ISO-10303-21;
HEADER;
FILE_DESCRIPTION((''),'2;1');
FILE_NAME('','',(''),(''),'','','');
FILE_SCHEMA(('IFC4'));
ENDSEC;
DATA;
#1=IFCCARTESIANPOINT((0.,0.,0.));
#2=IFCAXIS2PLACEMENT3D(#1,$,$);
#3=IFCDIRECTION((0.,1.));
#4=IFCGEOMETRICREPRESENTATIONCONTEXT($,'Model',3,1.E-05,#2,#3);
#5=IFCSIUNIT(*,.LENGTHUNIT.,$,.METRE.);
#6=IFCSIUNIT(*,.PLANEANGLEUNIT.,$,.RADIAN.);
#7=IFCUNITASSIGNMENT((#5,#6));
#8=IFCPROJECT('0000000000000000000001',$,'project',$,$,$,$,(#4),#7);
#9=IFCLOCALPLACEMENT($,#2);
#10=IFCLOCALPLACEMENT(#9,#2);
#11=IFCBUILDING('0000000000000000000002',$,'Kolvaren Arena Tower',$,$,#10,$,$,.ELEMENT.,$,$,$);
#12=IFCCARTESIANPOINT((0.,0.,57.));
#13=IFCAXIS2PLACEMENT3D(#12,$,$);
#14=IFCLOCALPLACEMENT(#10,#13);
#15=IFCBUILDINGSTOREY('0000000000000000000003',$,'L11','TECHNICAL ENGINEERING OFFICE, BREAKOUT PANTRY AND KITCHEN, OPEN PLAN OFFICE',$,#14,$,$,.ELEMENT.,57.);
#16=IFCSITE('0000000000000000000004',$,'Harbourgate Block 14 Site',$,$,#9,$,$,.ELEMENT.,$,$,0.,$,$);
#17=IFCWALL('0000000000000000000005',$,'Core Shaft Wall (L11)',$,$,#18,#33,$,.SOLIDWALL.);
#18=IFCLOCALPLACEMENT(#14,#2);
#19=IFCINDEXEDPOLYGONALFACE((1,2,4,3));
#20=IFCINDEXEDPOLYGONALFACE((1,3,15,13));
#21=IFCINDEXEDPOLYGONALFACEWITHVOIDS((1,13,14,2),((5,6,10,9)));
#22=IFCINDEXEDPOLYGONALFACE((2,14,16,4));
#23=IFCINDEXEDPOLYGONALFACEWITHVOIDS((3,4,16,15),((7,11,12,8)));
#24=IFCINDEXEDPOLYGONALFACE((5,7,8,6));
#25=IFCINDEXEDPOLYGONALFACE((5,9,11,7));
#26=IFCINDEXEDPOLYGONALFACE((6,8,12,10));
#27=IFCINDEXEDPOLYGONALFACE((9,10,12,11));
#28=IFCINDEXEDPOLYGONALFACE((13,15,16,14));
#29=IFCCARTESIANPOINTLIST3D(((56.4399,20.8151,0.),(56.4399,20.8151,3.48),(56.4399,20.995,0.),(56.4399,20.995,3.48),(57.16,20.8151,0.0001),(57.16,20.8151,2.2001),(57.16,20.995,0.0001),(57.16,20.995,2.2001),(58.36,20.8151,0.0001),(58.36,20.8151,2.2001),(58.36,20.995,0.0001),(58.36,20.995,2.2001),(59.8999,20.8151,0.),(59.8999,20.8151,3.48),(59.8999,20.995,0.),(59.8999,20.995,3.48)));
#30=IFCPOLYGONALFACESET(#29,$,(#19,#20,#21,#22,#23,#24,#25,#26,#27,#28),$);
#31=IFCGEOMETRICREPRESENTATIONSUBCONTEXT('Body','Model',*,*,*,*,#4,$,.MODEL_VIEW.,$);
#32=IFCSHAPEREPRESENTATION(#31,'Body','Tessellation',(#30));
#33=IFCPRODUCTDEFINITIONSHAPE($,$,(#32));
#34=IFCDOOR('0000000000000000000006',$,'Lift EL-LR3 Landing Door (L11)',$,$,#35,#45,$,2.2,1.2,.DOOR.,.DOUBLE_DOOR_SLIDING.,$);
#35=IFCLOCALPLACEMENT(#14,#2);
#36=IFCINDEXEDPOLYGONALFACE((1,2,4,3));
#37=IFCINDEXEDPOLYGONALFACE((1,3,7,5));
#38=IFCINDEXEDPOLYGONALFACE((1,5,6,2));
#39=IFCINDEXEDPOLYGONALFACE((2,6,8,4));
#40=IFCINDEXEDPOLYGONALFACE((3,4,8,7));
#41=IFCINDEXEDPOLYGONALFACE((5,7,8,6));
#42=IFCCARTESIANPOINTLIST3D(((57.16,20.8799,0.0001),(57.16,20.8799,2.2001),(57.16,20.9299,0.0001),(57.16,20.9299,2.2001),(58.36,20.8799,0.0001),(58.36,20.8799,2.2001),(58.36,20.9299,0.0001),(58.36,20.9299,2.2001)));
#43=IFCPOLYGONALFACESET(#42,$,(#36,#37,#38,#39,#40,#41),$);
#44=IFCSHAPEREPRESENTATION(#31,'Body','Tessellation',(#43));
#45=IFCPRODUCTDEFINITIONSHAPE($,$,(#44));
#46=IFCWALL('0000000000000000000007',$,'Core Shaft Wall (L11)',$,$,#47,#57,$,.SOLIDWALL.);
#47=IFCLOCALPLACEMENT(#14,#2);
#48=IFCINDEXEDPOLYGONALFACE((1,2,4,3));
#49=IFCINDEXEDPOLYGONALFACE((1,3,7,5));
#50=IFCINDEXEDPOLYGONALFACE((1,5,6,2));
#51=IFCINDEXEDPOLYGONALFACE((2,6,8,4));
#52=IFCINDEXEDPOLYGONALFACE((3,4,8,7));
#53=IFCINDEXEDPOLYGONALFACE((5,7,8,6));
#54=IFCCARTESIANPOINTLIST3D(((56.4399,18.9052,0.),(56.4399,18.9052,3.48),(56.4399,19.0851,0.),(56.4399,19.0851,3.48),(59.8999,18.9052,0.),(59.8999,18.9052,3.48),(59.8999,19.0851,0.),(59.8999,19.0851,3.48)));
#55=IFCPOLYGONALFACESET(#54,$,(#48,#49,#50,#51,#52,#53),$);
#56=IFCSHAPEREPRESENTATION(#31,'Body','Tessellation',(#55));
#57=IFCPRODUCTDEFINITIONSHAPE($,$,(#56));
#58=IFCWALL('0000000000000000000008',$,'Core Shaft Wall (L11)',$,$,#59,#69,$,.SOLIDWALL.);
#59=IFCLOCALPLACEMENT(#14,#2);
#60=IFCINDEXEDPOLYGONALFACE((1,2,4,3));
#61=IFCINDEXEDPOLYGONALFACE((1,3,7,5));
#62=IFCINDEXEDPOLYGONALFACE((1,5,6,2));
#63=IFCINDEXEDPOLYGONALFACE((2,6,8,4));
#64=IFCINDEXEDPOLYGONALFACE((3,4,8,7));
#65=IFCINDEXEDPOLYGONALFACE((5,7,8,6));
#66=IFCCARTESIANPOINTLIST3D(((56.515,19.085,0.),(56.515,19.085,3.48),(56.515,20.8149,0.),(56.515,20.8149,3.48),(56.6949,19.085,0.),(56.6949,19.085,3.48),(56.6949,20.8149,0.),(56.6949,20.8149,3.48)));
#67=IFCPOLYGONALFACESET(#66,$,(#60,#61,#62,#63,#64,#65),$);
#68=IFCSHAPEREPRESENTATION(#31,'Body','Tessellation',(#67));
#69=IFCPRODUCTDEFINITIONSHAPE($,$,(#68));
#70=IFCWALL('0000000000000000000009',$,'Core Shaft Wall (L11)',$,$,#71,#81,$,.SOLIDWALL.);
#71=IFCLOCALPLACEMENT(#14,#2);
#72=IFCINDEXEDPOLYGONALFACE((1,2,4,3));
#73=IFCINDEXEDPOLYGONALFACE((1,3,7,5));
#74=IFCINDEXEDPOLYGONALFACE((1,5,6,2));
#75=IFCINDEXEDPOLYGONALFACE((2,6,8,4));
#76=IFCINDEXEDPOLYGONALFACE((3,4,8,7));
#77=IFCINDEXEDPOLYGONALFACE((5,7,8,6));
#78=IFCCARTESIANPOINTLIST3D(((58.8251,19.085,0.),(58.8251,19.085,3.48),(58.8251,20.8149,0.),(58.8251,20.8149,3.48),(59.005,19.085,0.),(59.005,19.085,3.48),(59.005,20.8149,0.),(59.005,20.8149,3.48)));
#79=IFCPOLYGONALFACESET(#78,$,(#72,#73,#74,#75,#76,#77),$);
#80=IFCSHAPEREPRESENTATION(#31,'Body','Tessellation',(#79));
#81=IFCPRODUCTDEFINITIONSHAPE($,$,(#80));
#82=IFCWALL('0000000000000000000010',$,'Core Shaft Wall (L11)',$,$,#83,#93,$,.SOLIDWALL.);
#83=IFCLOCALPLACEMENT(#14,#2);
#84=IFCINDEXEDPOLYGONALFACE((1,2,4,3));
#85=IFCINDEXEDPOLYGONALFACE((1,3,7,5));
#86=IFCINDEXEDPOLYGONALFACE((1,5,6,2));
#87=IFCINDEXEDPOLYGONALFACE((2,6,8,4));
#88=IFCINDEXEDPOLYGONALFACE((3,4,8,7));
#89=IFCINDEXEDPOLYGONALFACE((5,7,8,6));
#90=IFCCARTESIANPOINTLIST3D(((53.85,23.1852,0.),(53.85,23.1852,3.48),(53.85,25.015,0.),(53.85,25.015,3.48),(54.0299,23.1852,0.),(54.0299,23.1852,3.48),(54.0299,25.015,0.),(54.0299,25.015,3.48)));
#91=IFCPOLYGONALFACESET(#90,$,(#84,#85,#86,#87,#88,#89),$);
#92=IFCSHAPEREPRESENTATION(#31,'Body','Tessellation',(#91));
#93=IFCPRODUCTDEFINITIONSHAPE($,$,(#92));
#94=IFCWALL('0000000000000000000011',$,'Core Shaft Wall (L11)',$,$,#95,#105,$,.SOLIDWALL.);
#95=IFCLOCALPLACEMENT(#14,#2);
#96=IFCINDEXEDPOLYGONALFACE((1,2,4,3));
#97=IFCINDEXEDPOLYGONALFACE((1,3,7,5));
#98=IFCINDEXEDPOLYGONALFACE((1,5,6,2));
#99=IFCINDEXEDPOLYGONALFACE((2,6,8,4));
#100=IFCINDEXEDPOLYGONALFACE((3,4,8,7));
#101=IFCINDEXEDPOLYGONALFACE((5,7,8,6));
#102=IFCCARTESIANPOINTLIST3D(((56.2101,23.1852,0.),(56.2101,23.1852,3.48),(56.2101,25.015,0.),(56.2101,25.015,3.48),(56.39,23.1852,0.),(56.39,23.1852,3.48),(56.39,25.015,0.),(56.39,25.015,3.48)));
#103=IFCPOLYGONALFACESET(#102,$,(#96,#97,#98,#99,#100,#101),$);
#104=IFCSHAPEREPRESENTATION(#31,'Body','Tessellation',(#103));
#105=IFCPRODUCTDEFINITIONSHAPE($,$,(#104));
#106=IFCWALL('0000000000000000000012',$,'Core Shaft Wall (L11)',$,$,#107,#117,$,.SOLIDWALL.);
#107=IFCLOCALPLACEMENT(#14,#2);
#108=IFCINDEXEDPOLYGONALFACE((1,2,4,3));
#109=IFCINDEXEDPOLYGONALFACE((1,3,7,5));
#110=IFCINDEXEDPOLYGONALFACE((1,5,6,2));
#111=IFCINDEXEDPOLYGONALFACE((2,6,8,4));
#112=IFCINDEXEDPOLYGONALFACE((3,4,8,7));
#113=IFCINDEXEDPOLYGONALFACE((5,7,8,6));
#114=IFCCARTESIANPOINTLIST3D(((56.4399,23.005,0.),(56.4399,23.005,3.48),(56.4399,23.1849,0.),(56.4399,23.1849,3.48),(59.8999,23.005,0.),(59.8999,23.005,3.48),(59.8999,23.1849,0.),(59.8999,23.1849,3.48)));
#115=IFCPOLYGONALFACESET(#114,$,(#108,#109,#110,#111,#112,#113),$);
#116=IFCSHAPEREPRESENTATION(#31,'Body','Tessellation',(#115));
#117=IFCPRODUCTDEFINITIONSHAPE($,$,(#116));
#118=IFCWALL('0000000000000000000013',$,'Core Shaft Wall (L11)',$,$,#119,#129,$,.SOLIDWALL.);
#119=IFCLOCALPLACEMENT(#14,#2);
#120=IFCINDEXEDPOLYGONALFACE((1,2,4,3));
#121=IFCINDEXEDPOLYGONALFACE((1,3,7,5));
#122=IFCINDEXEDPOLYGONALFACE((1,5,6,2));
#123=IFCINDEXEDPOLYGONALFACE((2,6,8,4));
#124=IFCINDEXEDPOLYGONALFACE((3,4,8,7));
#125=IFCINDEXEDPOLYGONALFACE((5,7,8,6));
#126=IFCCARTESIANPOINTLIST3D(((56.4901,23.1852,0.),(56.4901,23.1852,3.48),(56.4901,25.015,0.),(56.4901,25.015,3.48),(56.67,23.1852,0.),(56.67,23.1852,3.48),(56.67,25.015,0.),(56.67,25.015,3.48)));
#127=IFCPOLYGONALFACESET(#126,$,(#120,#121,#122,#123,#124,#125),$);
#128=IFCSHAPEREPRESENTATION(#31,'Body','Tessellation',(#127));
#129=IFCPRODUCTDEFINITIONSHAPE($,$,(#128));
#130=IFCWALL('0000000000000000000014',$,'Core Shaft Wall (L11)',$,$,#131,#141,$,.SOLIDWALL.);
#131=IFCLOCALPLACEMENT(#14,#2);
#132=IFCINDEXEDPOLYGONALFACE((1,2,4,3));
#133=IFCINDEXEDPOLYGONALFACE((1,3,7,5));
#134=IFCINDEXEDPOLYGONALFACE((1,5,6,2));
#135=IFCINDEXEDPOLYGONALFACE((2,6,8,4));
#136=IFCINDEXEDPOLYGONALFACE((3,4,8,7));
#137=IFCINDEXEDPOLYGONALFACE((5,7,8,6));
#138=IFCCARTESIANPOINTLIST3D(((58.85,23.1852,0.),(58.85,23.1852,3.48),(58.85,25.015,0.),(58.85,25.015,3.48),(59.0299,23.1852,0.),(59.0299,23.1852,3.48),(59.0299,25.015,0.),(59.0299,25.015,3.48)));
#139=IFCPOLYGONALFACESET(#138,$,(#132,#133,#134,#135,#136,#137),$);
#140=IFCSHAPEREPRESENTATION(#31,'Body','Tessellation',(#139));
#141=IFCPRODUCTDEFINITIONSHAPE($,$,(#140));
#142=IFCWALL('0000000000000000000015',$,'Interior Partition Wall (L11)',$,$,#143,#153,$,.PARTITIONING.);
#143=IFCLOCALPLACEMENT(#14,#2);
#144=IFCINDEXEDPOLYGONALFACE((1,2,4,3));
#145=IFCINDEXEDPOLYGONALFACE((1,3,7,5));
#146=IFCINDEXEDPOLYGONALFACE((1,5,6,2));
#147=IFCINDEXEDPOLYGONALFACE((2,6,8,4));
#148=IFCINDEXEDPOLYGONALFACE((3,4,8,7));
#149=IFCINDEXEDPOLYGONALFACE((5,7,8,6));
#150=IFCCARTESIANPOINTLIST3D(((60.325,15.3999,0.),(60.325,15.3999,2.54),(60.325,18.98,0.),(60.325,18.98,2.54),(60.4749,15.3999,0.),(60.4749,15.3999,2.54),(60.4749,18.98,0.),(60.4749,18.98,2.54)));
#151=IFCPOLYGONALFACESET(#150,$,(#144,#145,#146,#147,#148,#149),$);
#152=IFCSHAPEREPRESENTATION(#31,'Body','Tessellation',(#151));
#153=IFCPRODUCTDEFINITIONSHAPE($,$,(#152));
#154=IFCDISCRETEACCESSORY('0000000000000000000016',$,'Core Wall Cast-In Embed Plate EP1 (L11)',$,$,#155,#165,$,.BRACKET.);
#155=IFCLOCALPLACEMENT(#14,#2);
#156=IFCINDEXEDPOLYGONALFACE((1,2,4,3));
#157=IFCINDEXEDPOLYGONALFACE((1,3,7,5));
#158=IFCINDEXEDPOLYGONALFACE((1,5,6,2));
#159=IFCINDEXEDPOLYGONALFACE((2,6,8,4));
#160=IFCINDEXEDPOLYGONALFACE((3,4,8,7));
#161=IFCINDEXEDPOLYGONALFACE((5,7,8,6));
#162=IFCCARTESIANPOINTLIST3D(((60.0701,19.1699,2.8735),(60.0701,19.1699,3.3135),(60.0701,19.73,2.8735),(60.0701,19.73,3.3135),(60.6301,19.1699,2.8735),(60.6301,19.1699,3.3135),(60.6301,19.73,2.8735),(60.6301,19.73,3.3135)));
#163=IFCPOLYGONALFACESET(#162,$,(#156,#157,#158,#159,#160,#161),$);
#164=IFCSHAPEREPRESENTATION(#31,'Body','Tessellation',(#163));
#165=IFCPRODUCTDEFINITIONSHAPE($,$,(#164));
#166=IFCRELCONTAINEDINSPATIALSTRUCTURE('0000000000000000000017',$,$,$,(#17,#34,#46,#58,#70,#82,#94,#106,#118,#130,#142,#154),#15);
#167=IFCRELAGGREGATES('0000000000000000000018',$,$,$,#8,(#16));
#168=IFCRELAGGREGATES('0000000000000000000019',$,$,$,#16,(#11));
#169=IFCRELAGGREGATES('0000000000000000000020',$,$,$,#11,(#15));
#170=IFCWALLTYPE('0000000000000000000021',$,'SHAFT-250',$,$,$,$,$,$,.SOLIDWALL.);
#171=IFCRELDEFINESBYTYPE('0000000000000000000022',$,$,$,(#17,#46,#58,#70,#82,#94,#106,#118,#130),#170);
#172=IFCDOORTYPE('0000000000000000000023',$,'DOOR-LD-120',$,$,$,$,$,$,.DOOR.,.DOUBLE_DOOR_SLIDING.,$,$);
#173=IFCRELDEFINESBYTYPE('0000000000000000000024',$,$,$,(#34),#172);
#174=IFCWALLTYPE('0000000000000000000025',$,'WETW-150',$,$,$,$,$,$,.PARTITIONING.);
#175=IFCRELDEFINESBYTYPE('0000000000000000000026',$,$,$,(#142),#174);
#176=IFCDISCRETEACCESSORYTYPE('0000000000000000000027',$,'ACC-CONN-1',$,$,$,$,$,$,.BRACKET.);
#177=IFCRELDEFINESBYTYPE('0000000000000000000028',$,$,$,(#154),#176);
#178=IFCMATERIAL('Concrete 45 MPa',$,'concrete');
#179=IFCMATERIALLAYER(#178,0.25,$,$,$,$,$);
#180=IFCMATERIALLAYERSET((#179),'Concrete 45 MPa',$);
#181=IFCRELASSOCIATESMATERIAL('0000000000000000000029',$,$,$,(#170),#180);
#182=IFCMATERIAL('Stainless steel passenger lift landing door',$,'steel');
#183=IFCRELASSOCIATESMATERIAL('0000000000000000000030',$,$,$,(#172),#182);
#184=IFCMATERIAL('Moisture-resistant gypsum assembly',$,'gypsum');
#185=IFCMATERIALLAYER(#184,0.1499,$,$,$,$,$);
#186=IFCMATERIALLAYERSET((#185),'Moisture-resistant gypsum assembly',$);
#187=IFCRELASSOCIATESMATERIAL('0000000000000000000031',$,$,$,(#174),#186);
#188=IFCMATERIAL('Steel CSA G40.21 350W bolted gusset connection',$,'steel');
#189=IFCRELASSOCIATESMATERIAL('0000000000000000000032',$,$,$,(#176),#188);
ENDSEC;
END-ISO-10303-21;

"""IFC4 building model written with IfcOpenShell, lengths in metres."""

from ifc_helpers import new_model, si_unit, direction, frame, frame_2d, origin, origin_2d, place, context, subcontext, project, spatial, rectangle, extrude, material, layer, layer_set, type_object, element, fill, save


model = new_model("IFC4")

# Units and contexts
model_context = context("Model", 3, precision=1e-05, world=origin(), true_north=direction((0.0, 1.0)))
body_context = subcontext(model_context, "Body", "Model", "MODEL_VIEW")
ifc_project = project(units=[si_unit("LENGTHUNIT", "METRE"), si_unit("PLANEANGLEUNIT", "RADIAN")], contexts=[model_context])

# Site, building, storey
site_placement = place(None, origin())
site = spatial("IfcSite", under=ifc_project, at=site_placement, Name="Harbourgate Block 14 Site", CompositionType="ELEMENT", RefElevation=0.0)
building_placement = place(site_placement, origin())
building = spatial("IfcBuilding", under=site, at=building_placement, Name="Kolvaren Arena Tower", CompositionType="ELEMENT")
storey_placement = place(building_placement, frame((0.0, 0.0, 57.0)))
storey = spatial("IfcBuildingStorey", under=building, at=storey_placement, Name="L11", Description="TECHNICAL ENGINEERING OFFICE, BREAKOUT PANTRY AND KITCHEN, OPEN PLAN OFFICE", CompositionType="ELEMENT", Elevation=57.0)

# Shared definitions
ifc_material_1 = material(Name="Concrete 45 MPa", Category="concrete")
ifc_layer_1 = layer(ifc_material_1, 0.25)
ifc_layer_set_1 = layer_set([ifc_layer_1], Name="Concrete 45 MPa")
wall_type_1 = type_object("IfcWallType", Name="SHAFT-250", PredefinedType="SOLIDWALL", material=ifc_layer_set_1)
ifc_material_2 = material(Name="Stainless steel passenger lift landing door", Category="steel")
door_type = type_object("IfcDoorType", Name="DOOR-LD-120", OperationType="DOUBLE_DOOR_SLIDING", PredefinedType="DOOR", material=ifc_material_2)

# Wall, opening, door
wall_1_placement = place(storey_placement, frame((56.4399, 20.905, 0.0), z_axis=(0.0, 0.0, 1.0), x_axis=(1.0, 0.0, 0.0)))
wall_1 = element("IfcWall", 1, at=wall_1_placement, inside=storey, type_object=wall_type_1, Name="Core Shaft Wall (L11)", PredefinedType="SOLIDWALL", context=body_context, shape_type="SweptSolid", body=[
    extrude(rectangle(XDim=3.46, YDim=0.1799, at=frame_2d((1.73, 0.0))), origin(), (0.0, 0.0, 1.0), 3.48),
])
opening_1_placement = place(wall_1_placement, frame((0.72, 0.0, 0.0)))
opening_1 = element("IfcOpeningElement", 2, at=opening_1_placement, cuts=wall_1, PredefinedType="OPENING", context=body_context, shape_type="SweptSolid", body=[
    extrude(rectangle(XDim=1.2, YDim=2.2, at=frame_2d((0.6001, 1.1001))), frame((0.0, 0.0999, 0.0), z_axis=(0.0, -1.0, 0.0), x_axis=(1.0, 0.0, 0.0)), (0.0, 0.0, 1.0), 0.2),
])
door_1_placement = place(opening_1_placement, origin())
door_1 = element("IfcDoor", 3, at=door_1_placement, inside=storey, type_object=door_type, Name="Lift EL-LR3 Landing Door (L11)", OperationType="DOUBLE_DOOR_SLIDING", OverallHeight=2.2, OverallWidth=1.2, PredefinedType="DOOR", context=body_context, shape_type="SweptSolid", body=[
    extrude(rectangle(XDim=1.2, YDim=2.2, at=frame_2d((0.6001, 1.1001))), frame((0.0, 0.0249, 0.0), z_axis=(0.0, -1.0, 0.0), x_axis=(1.0, 0.0, 0.0)), (0.0, 0.0, 1.0), 0.05),
])
fill(opening_1, door_1)

# Walls
wall_2_placement = place(storey_placement, frame((56.4399, 18.9951, 0.0), z_axis=(0.0, 0.0, 1.0), x_axis=(1.0, 0.0, 0.0)))
element("IfcWall", 4, at=wall_2_placement, inside=storey, type_object=wall_type_1, Name="Core Shaft Wall (L11)", PredefinedType="SOLIDWALL", context=body_context, shape_type="SweptSolid", body=[
    extrude(rectangle(XDim=3.46, YDim=0.1799, at=frame_2d((1.73, 0.0))), origin(), (0.0, 0.0, 1.0), 3.48),
])
for number, where, z_axis, x_axis, name in (
    (5, (56.605, 19.085, 0.0), (0.0, 0.0, 1.0), (0.0, 1.0, 0.0), "Core Shaft Wall (L11)"),
    (6, (58.915, 19.085, 0.0), (0.0, 0.0, 1.0), (0.0, 1.0, 0.0), "Core Shaft Wall (L11)"),
):
    element("IfcWall", number, at=place(storey_placement, frame(where, z_axis=z_axis, x_axis=x_axis)), inside=storey, type_object=wall_type_1, Name=name, PredefinedType="SOLIDWALL", context=body_context, shape_type="SweptSolid", body=[
        extrude(rectangle(XDim=1.73, YDim=0.1799, at=frame_2d((0.865, 0.0))), origin(), (0.0, 0.0, 1.0), 3.48),
    ])
for number, where, z_axis, x_axis, name in (
    (7, (53.9399, 23.1851, 0.0), (0.0, 0.0, 1.0), (0.0, 1.0, 0.0), "Core Shaft Wall (L11)"),
    (8, (56.3, 23.1851, 0.0), (0.0, 0.0, 1.0), (0.0, 1.0, 0.0), "Core Shaft Wall (L11)"),
):
    element("IfcWall", number, at=place(storey_placement, frame(where, z_axis=z_axis, x_axis=x_axis)), inside=storey, type_object=wall_type_1, Name=name, PredefinedType="SOLIDWALL", context=body_context, shape_type="SweptSolid", body=[
        extrude(rectangle(XDim=1.8298, YDim=0.1799, at=frame_2d((0.915, 0.0))), origin(), (0.0, 0.0, 1.0), 3.48),
    ])
wall_3_placement = place(storey_placement, frame((56.4399, 23.095, 0.0), z_axis=(0.0, 0.0, 1.0), x_axis=(1.0, 0.0, 0.0)))
element("IfcWall", 9, at=wall_3_placement, inside=storey, type_object=wall_type_1, Name="Core Shaft Wall (L11)", PredefinedType="SOLIDWALL", context=body_context, shape_type="SweptSolid", body=[
    extrude(rectangle(XDim=3.46, YDim=0.1799, at=frame_2d((1.73, 0.0))), origin(), (0.0, 0.0, 1.0), 3.48),
])
for number, where, z_axis, x_axis, name in (
    (10, (56.5801, 23.1851, 0.0), (0.0, 0.0, 1.0), (0.0, 1.0, 0.0), "Core Shaft Wall (L11)"),
    (11, (58.9399, 23.1851, 0.0), (0.0, 0.0, 1.0), (0.0, 1.0, 0.0), "Core Shaft Wall (L11)"),
):
    element("IfcWall", number, at=place(storey_placement, frame(where, z_axis=z_axis, x_axis=x_axis)), inside=storey, type_object=wall_type_1, Name=name, PredefinedType="SOLIDWALL", context=body_context, shape_type="SweptSolid", body=[
        extrude(rectangle(XDim=1.8298, YDim=0.1799, at=frame_2d((0.915, 0.0))), origin(), (0.0, 0.0, 1.0), 3.48),
    ])
ifc_material_3 = material(Name="Moisture-resistant gypsum assembly", Category="gypsum")
ifc_layer_2 = layer(ifc_material_3, 0.1499)
ifc_layer_set_2 = layer_set([ifc_layer_2], Name="Moisture-resistant gypsum assembly")
wall_type_2 = type_object("IfcWallType", Name="WETW-150", PredefinedType="PARTITIONING", material=ifc_layer_set_2)
wall_4_placement = place(storey_placement, frame((60.3999, 15.3999, 0.0), z_axis=(0.0, 0.0, 1.0), x_axis=(0.0, 1.0, 0.0)))
element("IfcWall", 12, at=wall_4_placement, inside=storey, type_object=wall_type_2, Name="Interior Partition Wall (L11)", PredefinedType="PARTITIONING", context=body_context, shape_type="SweptSolid", body=[
    extrude(rectangle(XDim=3.5801, YDim=0.1499, at=frame_2d((1.79, 0.0))), origin(), (0.0, 0.0, 1.0), 2.54),
])

# Discrete accessory
ifc_material_4 = material(Name="Steel CSA G40.21 350W bolted gusset connection", Category="steel")
discrete_accessory_type = type_object("IfcDiscreteAccessoryType", Name="ACC-CONN-1", PredefinedType="BRACKET", material=ifc_material_4)
discrete_accessory_placement = place(storey_placement, frame((60.3501, 19.45, 2.8735), z_axis=(0.0, 0.0, 1.0), x_axis=(1.0, 0.0, 0.0)))
element("IfcDiscreteAccessory", 13, at=discrete_accessory_placement, inside=storey, type_object=discrete_accessory_type, Name="Core Wall Cast-In Embed Plate EP1 (L11)", PredefinedType="BRACKET", context=body_context, shape_type="SweptSolid", body=[
    extrude(rectangle(XDim=0.5601, YDim=0.5601, at=origin_2d()), origin(), (0.0, 0.0, 1.0), 0.4399),
])

save(model, "model.ifc")
